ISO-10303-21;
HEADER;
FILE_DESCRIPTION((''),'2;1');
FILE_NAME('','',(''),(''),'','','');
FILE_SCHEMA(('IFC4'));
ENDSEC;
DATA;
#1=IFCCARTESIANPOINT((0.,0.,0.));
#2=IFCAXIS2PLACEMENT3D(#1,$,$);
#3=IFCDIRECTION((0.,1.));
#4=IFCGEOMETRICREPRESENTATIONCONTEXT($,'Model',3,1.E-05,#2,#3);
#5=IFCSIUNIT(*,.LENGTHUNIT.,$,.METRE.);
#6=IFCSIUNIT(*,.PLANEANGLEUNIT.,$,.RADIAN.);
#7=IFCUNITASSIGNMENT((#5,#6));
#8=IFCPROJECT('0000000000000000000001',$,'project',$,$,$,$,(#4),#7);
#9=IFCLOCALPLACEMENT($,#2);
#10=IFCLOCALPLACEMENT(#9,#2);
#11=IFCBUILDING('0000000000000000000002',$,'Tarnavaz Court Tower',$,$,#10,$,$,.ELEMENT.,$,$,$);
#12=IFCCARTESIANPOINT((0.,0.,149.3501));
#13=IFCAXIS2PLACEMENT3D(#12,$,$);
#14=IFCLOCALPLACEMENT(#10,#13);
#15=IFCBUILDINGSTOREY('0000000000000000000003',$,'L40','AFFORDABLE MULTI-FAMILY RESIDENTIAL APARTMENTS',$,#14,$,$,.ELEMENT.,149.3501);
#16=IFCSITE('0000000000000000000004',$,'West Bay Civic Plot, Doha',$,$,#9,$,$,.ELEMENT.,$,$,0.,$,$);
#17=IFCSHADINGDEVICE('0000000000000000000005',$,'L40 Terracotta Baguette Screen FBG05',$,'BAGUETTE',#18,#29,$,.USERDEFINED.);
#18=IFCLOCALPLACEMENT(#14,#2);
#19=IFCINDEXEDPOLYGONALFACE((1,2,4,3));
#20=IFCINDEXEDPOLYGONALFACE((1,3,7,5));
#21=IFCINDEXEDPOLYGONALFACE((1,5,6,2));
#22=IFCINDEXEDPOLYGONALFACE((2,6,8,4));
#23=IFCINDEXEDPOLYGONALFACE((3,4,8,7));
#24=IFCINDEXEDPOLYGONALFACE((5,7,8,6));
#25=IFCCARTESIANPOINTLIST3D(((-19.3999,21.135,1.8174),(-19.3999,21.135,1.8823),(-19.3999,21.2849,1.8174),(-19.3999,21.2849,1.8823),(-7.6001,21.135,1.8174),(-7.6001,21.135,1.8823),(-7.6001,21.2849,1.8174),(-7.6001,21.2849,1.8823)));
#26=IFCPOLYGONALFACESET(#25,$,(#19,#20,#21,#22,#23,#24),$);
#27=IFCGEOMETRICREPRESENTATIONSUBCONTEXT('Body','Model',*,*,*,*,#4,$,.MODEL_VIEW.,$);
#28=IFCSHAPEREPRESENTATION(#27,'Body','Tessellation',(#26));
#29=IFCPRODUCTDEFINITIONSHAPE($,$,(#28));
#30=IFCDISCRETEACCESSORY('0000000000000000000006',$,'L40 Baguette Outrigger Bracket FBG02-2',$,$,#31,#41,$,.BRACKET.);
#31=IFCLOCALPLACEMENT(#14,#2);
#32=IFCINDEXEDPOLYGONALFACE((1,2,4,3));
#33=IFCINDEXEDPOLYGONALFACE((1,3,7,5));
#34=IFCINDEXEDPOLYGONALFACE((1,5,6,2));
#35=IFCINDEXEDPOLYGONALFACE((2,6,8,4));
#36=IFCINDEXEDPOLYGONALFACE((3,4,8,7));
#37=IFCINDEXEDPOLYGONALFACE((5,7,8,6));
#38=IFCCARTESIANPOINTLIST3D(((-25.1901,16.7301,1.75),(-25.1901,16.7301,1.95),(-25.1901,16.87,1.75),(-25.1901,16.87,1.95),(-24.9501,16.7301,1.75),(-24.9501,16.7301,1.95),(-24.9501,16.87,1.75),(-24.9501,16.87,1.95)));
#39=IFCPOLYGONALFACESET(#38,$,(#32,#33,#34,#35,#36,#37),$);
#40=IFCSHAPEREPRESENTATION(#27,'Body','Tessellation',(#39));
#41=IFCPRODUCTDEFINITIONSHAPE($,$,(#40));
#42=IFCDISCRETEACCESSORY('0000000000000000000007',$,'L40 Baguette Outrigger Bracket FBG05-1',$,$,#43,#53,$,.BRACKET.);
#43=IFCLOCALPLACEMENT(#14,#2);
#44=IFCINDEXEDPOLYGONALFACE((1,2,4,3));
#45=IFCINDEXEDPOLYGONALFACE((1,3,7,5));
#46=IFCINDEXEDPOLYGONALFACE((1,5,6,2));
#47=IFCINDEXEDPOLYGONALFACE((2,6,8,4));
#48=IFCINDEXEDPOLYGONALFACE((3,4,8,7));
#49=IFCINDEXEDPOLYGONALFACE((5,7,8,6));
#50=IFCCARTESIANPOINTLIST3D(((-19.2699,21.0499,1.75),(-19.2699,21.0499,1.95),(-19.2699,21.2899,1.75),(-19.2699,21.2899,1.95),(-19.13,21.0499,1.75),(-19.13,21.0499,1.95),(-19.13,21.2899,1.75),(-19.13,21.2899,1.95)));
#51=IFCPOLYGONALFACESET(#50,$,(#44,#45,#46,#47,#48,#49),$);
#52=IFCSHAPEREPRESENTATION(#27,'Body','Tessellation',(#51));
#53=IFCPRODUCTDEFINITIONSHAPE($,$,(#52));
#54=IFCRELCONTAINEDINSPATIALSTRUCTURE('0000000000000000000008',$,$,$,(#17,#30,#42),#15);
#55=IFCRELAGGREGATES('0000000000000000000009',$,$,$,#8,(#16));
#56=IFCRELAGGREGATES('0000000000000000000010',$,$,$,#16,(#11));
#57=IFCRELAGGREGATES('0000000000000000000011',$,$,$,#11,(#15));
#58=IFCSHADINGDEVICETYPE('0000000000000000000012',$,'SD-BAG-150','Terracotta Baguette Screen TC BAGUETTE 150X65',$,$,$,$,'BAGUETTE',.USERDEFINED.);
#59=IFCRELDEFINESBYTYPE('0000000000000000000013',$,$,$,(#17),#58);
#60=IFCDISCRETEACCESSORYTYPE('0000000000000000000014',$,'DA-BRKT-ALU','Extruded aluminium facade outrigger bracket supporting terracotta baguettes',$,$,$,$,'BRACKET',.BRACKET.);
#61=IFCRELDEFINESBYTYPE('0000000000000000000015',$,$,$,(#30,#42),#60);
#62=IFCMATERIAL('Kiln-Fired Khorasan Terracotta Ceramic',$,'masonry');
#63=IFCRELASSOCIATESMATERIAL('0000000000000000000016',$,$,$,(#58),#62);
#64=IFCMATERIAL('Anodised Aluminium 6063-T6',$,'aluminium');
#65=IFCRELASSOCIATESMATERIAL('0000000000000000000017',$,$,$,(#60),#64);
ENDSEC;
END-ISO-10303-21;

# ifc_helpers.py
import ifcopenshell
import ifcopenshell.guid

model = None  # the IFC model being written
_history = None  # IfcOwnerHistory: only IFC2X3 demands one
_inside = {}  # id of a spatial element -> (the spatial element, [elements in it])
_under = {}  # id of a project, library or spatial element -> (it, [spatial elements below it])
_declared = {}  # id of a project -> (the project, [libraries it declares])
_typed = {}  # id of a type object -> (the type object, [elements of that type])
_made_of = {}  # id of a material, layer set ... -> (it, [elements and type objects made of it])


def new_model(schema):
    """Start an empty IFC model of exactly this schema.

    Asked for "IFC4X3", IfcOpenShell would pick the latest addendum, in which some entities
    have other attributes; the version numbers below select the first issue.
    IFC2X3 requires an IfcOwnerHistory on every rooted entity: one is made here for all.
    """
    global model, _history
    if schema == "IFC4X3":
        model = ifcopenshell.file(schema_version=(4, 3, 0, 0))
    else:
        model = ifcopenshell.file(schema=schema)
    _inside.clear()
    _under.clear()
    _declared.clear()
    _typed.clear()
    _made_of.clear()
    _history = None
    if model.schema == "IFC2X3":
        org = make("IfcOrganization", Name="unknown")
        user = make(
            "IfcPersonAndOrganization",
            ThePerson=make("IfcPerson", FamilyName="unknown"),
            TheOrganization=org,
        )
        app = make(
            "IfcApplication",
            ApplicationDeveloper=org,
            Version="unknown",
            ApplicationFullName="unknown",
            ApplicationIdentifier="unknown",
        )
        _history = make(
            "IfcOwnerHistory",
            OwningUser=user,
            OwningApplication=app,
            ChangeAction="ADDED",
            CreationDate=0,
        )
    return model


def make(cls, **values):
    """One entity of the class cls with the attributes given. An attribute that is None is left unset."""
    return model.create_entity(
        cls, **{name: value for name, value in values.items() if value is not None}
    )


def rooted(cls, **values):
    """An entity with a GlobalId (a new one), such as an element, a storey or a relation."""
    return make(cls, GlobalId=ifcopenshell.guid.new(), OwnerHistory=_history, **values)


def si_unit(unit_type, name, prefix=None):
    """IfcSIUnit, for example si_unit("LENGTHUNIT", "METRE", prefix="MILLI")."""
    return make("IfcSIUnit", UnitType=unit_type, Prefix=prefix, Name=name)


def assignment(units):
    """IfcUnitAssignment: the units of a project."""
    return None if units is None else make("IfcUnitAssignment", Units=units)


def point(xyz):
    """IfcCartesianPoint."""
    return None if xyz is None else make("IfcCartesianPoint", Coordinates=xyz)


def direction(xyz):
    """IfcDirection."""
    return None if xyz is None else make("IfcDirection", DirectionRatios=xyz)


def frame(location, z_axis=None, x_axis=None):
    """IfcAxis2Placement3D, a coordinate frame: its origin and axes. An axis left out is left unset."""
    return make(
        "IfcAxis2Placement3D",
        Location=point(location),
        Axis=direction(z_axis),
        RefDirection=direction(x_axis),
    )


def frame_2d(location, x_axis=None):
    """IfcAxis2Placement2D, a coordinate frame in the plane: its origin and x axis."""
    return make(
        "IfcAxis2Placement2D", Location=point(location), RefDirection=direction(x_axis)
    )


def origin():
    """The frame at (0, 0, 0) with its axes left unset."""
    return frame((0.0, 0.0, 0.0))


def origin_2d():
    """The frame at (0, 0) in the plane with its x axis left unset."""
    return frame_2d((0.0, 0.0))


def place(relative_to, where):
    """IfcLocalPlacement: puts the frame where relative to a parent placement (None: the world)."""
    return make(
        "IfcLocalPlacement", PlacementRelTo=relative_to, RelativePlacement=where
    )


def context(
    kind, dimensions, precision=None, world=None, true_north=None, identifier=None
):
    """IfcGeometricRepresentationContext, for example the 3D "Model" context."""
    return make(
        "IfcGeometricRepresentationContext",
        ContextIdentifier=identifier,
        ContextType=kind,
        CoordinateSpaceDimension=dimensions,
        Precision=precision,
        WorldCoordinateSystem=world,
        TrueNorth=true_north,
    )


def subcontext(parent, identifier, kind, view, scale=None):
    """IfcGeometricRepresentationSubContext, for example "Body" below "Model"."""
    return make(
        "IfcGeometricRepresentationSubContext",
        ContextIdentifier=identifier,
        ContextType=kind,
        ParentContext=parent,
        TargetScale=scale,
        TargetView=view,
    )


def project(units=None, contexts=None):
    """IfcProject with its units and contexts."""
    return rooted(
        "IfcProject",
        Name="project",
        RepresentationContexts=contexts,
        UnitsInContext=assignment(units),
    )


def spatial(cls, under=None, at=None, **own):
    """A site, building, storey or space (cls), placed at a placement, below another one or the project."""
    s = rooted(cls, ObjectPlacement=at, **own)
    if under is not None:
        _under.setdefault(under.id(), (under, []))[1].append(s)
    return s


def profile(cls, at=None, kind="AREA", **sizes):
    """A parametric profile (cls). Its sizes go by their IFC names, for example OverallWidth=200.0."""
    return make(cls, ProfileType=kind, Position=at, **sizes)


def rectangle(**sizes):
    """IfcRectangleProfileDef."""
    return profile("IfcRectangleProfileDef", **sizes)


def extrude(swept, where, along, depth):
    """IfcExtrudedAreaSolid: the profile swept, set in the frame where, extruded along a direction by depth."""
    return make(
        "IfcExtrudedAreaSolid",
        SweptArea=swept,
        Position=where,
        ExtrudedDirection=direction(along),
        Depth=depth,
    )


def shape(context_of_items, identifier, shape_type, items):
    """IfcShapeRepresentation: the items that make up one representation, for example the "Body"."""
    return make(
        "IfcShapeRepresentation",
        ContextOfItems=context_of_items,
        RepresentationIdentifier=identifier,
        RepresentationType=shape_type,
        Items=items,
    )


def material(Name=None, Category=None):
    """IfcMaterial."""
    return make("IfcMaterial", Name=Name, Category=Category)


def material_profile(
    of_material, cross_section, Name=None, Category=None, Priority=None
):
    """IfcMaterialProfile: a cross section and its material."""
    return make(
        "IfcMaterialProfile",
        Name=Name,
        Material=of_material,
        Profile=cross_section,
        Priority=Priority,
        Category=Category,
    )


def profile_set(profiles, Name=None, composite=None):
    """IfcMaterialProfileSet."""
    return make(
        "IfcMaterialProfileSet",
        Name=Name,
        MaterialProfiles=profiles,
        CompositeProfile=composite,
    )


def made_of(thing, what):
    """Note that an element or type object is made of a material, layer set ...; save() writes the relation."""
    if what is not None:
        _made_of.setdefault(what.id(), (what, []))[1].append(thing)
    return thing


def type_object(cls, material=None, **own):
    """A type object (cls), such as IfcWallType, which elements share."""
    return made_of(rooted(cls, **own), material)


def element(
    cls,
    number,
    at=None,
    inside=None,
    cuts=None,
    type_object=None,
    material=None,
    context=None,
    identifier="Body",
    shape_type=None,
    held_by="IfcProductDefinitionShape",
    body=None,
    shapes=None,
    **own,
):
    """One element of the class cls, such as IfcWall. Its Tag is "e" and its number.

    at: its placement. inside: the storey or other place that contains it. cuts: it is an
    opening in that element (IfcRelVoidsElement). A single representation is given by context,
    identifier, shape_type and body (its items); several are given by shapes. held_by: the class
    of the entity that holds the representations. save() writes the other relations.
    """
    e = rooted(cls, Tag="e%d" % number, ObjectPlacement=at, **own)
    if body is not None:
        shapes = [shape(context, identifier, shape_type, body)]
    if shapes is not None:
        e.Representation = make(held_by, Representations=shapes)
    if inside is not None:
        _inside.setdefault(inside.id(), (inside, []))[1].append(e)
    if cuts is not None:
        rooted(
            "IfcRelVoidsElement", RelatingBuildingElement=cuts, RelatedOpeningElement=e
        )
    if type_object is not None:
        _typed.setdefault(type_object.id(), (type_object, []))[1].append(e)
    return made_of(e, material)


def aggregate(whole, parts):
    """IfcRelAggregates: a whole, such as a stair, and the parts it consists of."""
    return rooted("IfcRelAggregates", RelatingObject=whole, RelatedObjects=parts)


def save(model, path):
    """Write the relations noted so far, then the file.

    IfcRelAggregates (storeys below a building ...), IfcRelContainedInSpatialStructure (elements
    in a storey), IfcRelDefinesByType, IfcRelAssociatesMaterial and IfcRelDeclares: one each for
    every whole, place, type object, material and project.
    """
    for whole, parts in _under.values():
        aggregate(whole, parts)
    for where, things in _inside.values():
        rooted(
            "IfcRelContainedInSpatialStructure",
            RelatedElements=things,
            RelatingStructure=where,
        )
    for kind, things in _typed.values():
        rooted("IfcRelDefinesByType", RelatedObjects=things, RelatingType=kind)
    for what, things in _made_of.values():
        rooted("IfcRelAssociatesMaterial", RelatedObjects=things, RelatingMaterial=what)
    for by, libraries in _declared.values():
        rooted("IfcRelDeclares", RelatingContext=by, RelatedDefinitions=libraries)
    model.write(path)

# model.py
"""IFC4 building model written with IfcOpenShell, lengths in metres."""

from ifc_helpers import new_model, si_unit, direction, frame, origin, origin_2d, place, context, subcontext, project, spatial, rectangle, extrude, material, material_profile, profile_set, type_object, element, save


model = new_model("IFC4")

# Units and contexts
model_context = context("Model", 3, precision=1e-05, world=origin(), true_north=direction((0.0, 1.0)))
body_context = subcontext(model_context, "Body", "Model", "MODEL_VIEW")
ifc_project = project(units=[si_unit("LENGTHUNIT", "METRE"), si_unit("PLANEANGLEUNIT", "RADIAN")], contexts=[model_context])

# Site, building, storey
site_placement = place(None, origin())
site = spatial("IfcSite", under=ifc_project, at=site_placement, Name="West Bay Civic Plot, Doha", CompositionType="ELEMENT", RefElevation=0.0)
building_placement = place(site_placement, origin())
building = spatial("IfcBuilding", under=site, at=building_placement, Name="Tarnavaz Court Tower", CompositionType="ELEMENT")
storey_placement = place(building_placement, frame((0.0, 0.0, 149.3501)))
storey = spatial("IfcBuildingStorey", under=building, at=storey_placement, Name="L40", Description="AFFORDABLE MULTI-FAMILY RESIDENTIAL APARTMENTS", CompositionType="ELEMENT", Elevation=149.3501)

# Shading device
ifc_material_1 = material(Name="Kiln-Fired Khorasan Terracotta Ceramic", Category="masonry")
ifc_material_profile_1 = material_profile(ifc_material_1, rectangle(XDim=0.1499, YDim=0.0649, at=origin_2d()), Name="TC BAGUETTE 150X65")
ifc_profile_set_1 = profile_set([ifc_material_profile_1], Name="Kiln-Fired Khorasan Terracotta Ceramic")
shading_device_type = type_object("IfcShadingDeviceType", Name="SD-BAG-150", Description="Terracotta Baguette Screen TC BAGUETTE 150X65", ElementType="BAGUETTE", PredefinedType="USERDEFINED", material=ifc_profile_set_1)
shading_device_placement = place(storey_placement, frame((-19.3999, 21.21, 1.8499), z_axis=(1.0, 0.0, 0.0), x_axis=(0.0, 1.0, 0.0)))
element("IfcShadingDevice", 1, at=shading_device_placement, inside=storey, type_object=shading_device_type, Name="L40 Terracotta Baguette Screen FBG05", ObjectType="BAGUETTE", PredefinedType="USERDEFINED", context=body_context, shape_type="SweptSolid", body=[
    extrude(rectangle(XDim=0.1499, YDim=0.0649, at=origin_2d()), origin(), (0.0, 0.0, 1.0), 11.7998),
])

# Discrete accessories
ifc_material_2 = material(Name="Anodised Aluminium 6063-T6", Category="aluminium")
discrete_accessory_type = type_object("IfcDiscreteAccessoryType", Name="DA-BRKT-ALU", Description="Extruded aluminium facade outrigger bracket supporting terracotta baguettes", ElementType="BRACKET", PredefinedType="BRACKET", material=ifc_material_2)
for number, where, z_axis, x_axis, name in (
    (2, (-25.0701, 16.8, 1.75), (0.0, 0.0, 1.0), (0.0, 1.0, 0.0), "L40 Baguette Outrigger Bracket FBG02-2"),
    (3, (-19.2, 21.1699, 1.75), (0.0, 0.0, 1.0), (1.0, 0.0, 0.0), "L40 Baguette Outrigger Bracket FBG05-1"),
):
    element("IfcDiscreteAccessory", number, at=place(storey_placement, frame(where, z_axis=z_axis, x_axis=x_axis)), inside=storey, type_object=discrete_accessory_type, Name=name, PredefinedType="BRACKET", context=body_context, shape_type="SweptSolid", body=[
        extrude(rectangle(XDim=0.1399, YDim=0.24, at=origin_2d()), origin(), (0.0, 0.0, 1.0), 0.2),
    ])

save(model, "model.ifc")
